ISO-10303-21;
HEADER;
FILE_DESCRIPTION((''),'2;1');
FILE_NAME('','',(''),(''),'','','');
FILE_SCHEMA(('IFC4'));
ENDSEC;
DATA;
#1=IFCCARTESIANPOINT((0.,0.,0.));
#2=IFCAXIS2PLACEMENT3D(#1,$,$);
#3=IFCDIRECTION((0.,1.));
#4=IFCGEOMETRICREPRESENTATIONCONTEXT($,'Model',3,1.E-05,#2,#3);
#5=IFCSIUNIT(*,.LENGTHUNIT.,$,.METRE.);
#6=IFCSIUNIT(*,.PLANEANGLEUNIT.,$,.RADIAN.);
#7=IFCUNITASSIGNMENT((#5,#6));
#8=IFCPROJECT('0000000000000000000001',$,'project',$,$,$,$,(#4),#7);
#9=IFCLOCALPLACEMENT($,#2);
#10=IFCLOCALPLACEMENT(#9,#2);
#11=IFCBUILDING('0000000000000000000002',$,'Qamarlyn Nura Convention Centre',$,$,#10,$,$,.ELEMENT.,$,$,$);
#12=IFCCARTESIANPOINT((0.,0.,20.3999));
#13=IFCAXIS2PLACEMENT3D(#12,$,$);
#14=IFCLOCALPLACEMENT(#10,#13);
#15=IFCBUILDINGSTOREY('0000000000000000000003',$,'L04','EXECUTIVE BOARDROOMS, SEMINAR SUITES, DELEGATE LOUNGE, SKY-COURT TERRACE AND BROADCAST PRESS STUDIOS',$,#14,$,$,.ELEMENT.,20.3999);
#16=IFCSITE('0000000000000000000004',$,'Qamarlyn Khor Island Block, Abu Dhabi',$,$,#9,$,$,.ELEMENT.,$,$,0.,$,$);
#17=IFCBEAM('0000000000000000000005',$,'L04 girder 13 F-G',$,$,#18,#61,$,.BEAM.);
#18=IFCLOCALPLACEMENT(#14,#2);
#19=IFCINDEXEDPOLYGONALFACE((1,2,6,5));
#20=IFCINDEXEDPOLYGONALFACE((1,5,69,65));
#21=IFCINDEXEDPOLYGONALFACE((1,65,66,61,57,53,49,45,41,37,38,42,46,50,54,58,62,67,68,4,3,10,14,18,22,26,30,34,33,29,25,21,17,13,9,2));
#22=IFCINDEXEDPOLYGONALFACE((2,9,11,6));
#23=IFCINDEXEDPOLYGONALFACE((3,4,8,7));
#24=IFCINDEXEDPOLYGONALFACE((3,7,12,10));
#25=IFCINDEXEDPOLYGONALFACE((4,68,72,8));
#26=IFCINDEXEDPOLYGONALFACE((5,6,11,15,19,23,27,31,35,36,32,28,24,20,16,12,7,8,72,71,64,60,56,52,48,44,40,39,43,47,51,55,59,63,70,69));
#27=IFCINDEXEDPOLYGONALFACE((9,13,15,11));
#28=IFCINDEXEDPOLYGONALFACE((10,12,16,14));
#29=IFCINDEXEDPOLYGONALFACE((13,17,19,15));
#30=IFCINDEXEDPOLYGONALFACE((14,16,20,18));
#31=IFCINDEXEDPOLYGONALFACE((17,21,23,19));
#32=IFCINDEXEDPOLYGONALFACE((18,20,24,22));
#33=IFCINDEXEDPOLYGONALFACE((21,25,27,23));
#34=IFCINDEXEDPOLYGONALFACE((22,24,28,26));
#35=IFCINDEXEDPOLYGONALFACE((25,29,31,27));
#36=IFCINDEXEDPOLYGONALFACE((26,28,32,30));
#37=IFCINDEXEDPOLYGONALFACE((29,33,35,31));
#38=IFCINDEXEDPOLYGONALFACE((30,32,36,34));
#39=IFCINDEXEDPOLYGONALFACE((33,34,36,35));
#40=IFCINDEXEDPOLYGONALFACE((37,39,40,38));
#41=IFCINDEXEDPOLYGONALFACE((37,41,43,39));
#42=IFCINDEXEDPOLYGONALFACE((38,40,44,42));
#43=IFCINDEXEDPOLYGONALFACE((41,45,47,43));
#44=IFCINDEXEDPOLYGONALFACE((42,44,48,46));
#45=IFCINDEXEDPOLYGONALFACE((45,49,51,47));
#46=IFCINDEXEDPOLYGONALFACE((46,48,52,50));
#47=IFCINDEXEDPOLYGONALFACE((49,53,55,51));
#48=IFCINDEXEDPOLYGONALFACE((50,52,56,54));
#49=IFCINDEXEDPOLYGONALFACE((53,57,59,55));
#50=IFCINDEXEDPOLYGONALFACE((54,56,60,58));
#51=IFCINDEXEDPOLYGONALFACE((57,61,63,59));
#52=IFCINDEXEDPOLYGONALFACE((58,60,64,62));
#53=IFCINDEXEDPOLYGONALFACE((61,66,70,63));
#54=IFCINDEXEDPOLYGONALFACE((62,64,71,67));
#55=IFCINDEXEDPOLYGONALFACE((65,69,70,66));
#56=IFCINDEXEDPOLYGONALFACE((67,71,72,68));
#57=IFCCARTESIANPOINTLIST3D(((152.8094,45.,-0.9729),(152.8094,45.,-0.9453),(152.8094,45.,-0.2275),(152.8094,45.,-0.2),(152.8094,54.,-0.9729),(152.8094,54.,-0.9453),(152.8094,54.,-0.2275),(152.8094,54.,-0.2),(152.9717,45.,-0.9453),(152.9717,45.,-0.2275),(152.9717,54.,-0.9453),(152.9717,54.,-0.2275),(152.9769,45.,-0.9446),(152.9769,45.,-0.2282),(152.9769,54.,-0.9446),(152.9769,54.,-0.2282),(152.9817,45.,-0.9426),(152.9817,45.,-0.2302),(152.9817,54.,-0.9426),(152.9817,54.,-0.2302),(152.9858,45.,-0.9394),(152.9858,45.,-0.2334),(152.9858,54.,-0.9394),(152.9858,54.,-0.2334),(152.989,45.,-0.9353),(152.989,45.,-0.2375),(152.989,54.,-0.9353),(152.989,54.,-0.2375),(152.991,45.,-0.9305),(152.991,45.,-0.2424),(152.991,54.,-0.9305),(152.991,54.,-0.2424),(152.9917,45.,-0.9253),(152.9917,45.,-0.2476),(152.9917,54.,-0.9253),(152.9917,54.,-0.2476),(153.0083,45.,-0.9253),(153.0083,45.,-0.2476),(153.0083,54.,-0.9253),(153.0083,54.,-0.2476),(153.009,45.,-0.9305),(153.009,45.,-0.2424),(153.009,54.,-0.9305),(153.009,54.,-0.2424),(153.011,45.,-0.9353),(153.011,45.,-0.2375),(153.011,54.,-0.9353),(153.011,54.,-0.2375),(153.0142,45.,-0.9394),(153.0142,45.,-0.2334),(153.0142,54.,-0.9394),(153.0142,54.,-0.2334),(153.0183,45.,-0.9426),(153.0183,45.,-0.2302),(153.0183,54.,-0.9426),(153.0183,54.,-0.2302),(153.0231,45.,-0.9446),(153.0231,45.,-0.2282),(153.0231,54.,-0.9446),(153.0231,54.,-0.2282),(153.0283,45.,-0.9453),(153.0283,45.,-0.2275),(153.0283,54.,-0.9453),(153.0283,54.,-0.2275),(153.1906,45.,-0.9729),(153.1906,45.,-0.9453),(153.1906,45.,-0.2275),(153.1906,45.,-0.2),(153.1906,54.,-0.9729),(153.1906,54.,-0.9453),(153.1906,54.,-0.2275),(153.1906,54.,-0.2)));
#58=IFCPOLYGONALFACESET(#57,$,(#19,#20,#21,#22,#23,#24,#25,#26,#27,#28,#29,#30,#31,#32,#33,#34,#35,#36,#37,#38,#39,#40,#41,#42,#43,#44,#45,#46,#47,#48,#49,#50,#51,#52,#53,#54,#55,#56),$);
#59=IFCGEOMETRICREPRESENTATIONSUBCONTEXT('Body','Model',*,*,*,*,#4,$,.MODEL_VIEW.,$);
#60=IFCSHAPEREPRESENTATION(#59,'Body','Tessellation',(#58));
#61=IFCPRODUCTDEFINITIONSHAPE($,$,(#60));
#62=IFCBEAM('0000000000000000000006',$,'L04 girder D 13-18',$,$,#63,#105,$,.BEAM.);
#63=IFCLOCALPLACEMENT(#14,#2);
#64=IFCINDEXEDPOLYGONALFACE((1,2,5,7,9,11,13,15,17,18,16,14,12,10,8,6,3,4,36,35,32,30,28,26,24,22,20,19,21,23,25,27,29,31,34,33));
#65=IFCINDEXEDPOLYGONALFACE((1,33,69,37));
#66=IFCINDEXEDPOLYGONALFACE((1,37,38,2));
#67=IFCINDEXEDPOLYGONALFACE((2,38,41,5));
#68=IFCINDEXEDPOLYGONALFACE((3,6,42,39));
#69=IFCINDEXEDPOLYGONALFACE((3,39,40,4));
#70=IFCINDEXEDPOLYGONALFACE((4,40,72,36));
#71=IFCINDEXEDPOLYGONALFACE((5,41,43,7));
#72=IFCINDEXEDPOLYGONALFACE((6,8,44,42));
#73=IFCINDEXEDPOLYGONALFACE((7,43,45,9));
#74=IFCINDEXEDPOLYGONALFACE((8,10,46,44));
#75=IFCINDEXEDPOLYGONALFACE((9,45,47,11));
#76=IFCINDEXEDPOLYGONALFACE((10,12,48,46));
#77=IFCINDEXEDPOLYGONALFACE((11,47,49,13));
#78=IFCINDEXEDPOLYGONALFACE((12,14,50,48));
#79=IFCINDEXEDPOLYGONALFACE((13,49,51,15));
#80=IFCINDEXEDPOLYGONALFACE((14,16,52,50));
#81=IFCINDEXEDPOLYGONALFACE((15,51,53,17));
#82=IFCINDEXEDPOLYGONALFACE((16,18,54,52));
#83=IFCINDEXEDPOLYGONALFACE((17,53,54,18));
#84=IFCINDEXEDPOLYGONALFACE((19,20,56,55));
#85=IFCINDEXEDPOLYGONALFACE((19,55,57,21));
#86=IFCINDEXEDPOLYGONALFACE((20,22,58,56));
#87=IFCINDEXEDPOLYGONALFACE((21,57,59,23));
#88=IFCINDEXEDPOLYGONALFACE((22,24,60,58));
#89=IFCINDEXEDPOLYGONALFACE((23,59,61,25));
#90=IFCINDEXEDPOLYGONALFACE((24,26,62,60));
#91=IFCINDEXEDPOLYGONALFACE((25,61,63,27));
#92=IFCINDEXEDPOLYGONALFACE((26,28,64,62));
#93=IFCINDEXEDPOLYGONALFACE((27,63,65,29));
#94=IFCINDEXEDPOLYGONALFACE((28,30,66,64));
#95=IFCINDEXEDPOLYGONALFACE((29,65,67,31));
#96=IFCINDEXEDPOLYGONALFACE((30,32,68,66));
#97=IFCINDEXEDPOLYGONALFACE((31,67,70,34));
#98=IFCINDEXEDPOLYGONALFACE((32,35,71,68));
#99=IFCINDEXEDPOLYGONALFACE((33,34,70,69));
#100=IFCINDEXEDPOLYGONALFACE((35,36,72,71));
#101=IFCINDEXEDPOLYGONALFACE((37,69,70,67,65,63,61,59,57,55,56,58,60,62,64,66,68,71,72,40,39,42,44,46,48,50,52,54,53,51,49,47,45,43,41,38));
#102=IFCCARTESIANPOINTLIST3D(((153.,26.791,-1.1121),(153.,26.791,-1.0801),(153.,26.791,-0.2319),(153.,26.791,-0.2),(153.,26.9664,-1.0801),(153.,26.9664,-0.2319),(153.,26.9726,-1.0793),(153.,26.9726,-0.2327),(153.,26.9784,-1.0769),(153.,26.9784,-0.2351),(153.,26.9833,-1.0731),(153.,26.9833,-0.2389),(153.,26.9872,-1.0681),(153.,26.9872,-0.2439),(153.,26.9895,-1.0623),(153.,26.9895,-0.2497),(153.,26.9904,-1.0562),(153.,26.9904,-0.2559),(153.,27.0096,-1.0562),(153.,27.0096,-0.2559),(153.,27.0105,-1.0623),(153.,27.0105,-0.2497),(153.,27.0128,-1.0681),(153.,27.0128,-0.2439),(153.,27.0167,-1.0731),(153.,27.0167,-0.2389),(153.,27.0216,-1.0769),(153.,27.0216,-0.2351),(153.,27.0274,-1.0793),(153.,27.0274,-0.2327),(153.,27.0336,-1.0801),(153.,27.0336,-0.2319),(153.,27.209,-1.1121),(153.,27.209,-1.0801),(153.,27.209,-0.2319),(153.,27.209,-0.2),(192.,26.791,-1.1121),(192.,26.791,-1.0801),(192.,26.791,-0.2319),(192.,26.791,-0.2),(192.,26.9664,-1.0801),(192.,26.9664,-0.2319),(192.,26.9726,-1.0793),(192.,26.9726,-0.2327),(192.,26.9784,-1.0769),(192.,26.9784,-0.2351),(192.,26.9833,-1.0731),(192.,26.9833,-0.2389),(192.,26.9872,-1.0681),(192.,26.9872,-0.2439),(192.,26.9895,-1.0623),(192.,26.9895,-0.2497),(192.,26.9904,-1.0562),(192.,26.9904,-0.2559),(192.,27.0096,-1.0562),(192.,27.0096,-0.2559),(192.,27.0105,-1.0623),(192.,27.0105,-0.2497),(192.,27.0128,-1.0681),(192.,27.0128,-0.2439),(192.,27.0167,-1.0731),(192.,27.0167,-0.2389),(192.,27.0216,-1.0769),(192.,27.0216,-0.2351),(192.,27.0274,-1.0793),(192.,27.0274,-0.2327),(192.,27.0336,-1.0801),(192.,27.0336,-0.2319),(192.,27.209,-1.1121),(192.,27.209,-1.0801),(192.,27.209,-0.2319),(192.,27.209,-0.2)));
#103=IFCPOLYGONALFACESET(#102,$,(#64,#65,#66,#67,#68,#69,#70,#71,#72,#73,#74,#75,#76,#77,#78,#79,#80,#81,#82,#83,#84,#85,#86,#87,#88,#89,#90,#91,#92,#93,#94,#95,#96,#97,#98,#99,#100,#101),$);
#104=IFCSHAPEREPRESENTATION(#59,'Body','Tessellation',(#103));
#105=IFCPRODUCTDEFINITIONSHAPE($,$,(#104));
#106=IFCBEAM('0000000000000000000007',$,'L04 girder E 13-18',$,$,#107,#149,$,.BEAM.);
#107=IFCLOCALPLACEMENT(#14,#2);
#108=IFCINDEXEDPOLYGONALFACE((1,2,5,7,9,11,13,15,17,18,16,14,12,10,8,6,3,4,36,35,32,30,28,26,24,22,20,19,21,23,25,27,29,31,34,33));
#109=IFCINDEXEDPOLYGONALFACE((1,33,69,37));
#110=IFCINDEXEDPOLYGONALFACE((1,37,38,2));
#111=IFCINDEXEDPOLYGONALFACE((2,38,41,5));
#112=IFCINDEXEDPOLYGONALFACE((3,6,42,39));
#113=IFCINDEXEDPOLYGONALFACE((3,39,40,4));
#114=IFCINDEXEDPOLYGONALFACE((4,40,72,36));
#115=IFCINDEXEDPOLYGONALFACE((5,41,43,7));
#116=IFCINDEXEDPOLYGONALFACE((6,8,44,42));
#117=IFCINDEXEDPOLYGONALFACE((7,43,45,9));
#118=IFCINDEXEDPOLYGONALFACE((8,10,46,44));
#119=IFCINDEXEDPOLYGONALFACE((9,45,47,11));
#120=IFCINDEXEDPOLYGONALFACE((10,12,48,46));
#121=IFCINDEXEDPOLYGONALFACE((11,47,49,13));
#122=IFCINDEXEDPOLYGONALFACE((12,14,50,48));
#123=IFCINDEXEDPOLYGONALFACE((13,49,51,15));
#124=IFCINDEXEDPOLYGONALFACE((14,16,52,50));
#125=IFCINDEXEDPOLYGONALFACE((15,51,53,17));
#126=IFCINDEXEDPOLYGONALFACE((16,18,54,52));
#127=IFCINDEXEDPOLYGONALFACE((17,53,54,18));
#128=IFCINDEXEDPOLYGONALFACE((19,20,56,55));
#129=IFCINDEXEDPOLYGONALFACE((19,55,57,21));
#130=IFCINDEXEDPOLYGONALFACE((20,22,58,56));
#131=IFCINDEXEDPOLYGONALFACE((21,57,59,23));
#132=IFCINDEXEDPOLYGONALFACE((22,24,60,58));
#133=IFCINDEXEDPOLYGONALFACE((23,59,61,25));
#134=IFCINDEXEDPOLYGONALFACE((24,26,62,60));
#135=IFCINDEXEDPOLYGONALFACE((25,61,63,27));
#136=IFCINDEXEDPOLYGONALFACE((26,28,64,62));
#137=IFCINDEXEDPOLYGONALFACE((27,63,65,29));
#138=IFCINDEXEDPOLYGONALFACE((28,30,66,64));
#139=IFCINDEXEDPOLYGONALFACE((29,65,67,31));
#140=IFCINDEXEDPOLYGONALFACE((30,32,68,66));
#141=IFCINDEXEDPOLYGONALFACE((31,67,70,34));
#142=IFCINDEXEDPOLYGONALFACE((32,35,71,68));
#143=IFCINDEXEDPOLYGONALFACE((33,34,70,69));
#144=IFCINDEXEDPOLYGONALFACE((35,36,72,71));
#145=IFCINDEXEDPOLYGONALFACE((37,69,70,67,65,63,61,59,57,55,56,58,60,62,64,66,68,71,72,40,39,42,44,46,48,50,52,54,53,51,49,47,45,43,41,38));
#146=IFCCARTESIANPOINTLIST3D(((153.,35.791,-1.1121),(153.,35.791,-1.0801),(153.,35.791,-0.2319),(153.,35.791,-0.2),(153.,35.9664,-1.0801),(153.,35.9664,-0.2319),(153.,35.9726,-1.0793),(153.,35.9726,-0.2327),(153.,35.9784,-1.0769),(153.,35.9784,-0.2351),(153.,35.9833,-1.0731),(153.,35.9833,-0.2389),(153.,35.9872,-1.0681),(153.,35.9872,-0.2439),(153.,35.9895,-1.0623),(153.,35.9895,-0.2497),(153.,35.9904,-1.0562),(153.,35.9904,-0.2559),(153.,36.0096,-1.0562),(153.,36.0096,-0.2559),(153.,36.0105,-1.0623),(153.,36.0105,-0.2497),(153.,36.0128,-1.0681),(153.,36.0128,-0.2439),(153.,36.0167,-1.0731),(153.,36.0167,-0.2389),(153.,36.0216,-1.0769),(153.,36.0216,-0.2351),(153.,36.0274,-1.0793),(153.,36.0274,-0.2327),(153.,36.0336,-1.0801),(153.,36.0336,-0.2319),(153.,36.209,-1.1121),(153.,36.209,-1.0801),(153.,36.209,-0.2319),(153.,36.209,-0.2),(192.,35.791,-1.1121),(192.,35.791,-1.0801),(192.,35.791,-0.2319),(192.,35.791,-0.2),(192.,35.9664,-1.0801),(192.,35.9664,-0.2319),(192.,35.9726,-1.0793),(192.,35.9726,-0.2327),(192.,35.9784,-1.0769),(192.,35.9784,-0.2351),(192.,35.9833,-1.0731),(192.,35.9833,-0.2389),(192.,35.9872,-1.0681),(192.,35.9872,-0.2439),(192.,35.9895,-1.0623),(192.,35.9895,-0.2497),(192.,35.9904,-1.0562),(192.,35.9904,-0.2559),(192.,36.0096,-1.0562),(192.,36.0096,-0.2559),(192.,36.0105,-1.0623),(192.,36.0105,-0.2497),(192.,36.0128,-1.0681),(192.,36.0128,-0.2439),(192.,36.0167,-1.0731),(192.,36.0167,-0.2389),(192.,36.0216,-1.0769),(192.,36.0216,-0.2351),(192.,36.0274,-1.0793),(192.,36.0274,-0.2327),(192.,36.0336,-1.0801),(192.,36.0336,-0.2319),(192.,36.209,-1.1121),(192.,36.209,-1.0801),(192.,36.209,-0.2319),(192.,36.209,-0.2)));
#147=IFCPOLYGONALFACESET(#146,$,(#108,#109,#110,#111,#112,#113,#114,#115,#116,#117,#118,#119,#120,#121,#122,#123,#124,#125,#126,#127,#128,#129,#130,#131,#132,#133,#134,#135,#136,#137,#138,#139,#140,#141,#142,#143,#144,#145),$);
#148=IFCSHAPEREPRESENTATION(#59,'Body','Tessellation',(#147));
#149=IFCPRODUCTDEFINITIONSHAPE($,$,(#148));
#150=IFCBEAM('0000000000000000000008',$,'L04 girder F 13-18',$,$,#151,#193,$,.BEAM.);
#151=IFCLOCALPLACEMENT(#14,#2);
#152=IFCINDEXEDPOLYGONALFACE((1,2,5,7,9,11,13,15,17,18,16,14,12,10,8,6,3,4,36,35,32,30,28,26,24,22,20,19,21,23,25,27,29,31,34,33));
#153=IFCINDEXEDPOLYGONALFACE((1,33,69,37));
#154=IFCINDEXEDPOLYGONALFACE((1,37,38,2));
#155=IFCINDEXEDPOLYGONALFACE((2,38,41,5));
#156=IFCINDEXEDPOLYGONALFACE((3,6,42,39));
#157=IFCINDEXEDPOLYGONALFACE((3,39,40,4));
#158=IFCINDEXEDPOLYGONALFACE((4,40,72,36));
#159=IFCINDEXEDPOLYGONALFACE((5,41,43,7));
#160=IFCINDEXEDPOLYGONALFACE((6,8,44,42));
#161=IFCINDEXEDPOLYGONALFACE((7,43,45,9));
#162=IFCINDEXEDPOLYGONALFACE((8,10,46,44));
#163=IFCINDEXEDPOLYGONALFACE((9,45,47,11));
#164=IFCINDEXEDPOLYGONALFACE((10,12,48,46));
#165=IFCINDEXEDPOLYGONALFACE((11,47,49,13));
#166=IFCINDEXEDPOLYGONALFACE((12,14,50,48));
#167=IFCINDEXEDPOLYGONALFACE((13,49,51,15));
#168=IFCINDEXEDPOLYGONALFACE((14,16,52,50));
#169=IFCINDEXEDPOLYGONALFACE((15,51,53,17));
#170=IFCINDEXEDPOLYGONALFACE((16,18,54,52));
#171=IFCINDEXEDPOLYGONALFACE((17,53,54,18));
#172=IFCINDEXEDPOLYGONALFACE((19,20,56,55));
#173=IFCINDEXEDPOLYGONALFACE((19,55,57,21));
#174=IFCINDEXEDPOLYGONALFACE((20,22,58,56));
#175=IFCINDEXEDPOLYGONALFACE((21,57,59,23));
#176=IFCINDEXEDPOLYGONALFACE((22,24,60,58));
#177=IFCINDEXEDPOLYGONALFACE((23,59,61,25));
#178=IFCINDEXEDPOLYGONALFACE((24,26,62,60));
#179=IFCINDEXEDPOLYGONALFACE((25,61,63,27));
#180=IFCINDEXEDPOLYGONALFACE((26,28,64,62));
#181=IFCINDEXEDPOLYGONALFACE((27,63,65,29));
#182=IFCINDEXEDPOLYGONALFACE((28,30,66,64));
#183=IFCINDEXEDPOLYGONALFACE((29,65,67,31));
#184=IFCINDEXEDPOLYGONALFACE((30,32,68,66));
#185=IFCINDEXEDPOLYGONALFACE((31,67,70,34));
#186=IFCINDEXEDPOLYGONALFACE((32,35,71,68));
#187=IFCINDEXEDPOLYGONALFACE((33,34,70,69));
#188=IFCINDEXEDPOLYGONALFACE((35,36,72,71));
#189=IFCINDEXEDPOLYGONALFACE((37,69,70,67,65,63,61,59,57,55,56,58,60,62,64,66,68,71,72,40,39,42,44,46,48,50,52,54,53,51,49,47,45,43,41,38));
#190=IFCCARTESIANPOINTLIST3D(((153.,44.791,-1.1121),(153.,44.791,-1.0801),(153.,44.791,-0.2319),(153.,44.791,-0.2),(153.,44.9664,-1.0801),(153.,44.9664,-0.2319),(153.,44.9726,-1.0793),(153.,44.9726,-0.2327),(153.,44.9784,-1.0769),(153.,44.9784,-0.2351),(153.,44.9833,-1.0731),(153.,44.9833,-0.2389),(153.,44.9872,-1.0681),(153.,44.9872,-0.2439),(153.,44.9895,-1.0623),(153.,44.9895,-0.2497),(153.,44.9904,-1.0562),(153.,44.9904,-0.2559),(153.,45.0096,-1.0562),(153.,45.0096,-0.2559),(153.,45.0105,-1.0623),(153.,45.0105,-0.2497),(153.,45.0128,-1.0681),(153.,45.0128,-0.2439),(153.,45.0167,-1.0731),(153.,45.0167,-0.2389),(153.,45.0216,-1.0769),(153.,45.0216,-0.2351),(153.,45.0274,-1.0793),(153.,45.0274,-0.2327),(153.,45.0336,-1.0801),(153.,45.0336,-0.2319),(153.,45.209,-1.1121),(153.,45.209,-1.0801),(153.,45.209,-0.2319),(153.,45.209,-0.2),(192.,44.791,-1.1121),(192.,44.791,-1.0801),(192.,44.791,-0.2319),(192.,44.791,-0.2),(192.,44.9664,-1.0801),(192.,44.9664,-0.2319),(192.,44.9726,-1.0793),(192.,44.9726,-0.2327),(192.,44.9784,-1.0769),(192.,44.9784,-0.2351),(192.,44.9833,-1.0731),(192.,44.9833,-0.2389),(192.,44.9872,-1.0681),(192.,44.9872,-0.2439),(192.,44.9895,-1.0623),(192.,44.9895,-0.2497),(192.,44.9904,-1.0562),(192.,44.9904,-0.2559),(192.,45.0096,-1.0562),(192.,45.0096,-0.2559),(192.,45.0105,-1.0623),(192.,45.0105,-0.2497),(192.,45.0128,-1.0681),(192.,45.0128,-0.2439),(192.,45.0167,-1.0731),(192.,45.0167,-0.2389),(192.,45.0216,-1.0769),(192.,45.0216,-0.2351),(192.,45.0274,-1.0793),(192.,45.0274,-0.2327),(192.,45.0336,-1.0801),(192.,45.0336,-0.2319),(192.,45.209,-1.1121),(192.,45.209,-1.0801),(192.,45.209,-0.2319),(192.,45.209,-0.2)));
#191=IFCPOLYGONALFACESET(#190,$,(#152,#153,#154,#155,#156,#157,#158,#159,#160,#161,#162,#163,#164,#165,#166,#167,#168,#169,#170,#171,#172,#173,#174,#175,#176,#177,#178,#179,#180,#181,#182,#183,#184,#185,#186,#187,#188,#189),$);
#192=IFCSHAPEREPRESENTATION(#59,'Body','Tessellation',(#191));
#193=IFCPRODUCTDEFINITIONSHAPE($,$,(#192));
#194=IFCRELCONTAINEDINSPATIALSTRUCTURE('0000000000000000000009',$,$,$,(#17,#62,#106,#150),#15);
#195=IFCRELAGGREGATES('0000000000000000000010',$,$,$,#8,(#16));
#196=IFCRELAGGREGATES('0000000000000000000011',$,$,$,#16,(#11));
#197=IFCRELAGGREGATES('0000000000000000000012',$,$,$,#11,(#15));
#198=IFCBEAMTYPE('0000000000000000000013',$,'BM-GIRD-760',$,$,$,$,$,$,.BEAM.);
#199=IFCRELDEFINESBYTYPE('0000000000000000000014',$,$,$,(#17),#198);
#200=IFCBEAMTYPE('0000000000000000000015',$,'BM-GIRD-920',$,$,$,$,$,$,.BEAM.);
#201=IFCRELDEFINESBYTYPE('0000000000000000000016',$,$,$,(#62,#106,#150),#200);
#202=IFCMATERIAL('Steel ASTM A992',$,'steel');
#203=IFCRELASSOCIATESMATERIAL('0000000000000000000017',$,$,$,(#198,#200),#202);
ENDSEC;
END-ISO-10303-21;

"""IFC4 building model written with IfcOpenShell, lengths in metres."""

from ifc_helpers import new_model, si_unit, direction, frame, origin, origin_2d, place, context, subcontext, project, spatial, i_section, extrude, material, material_profile, profile_set, type_object, element, save


model = new_model("IFC4")

# Units and contexts
model_context = context("Model", 3, precision=1e-05, world=origin(), true_north=direction((0.0, 1.0)))
body_context = subcontext(model_context, "Body", "Model", "MODEL_VIEW")
ifc_project = project(units=[si_unit("LENGTHUNIT", "METRE"), si_unit("PLANEANGLEUNIT", "RADIAN")], contexts=[model_context])

# Site, building, storey
site_placement = place(None, origin())
site = spatial("IfcSite", under=ifc_project, at=site_placement, Name="Qamarlyn Khor Island Block, Abu Dhabi", CompositionType="ELEMENT", RefElevation=0.0)
building_placement = place(site_placement, origin())
building = spatial("IfcBuilding", under=site, at=building_placement, Name="Qamarlyn Nura Convention Centre", CompositionType="ELEMENT")
storey_placement = place(building_placement, frame((0.0, 0.0, 20.3999)))
storey = spatial("IfcBuildingStorey", under=building, at=storey_placement, Name="L04", Description="EXECUTIVE BOARDROOMS, SEMINAR SUITES, DELEGATE LOUNGE, SKY-COURT TERRACE AND BROADCAST PRESS STUDIOS", CompositionType="ELEMENT", Elevation=20.3999)

# Shared definitions
ifc_material_1 = material(Name="Steel ASTM A992", Category="steel")

# Beams
ifc_material_profile_1 = material_profile(ifc_material_1, i_section(OverallWidth=0.3811, OverallDepth=0.7729, WebThickness=0.0166, FlangeThickness=0.0276, FilletRadius=0.02, at=origin_2d()), Name="W760X257")
ifc_profile_set_1 = profile_set([ifc_material_profile_1], Name="Steel ASTM A992")
beam_type_1 = type_object("IfcBeamType", Name="BM-GIRD-760", PredefinedType="BEAM", material=ifc_profile_set_1)
for number, where, z_axis, x_axis, name in (
    (1, (153.0, 45.0, -0.5864), (0.0, 1.0, 0.0), (-1.0, 0.0, 0.0), "L04 girder 13 F-G"),
):
    element("IfcBeam", number, at=place(storey_placement, frame(where, z_axis=z_axis, x_axis=x_axis)), inside=storey, type_object=beam_type_1, Name=name, PredefinedType="BEAM", context=body_context, shape_type="SweptSolid", body=[
        extrude(i_section(OverallWidth=0.3811, OverallDepth=0.7729, WebThickness=0.0166, FlangeThickness=0.0276, FilletRadius=0.02, at=origin_2d()), origin(), (0.0, 0.0, 1.0), 9.0),
    ])
ifc_material_profile_2 = material_profile(ifc_material_1, i_section(OverallWidth=0.418, OverallDepth=0.9121, WebThickness=0.0193, FlangeThickness=0.032, FilletRadius=0.0239, at=origin_2d()), Name="W920X342")
ifc_profile_set_2 = profile_set([ifc_material_profile_2], Name="Steel ASTM A992")
beam_type_2 = type_object("IfcBeamType", Name="BM-GIRD-920", PredefinedType="BEAM", material=ifc_profile_set_2)
for number, where, z_axis, x_axis, name in (
    (2, (153.0, 27.0, -0.656), (1.0, 0.0, 0.0), (0.0, 1.0, 0.0), "L04 girder D 13-18"),
    (3, (153.0, 36.0, -0.656), (1.0, 0.0, 0.0), (0.0, 1.0, 0.0), "L04 girder E 13-18"),
    (4, (153.0, 45.0, -0.656), (1.0, 0.0, 0.0), (0.0, 1.0, 0.0), "L04 girder F 13-18"),
):
    element("IfcBeam", number, at=place(storey_placement, frame(where, z_axis=z_axis, x_axis=x_axis)), inside=storey, type_object=beam_type_2, Name=name, PredefinedType="BEAM", context=body_context, shape_type="SweptSolid", body=[
        extrude(i_section(OverallWidth=0.418, OverallDepth=0.9121, WebThickness=0.0193, FlangeThickness=0.032, FilletRadius=0.0239, at=origin_2d()), origin(), (0.0, 0.0, 1.0), 39.0),
    ])

save(model, "model.ifc")
